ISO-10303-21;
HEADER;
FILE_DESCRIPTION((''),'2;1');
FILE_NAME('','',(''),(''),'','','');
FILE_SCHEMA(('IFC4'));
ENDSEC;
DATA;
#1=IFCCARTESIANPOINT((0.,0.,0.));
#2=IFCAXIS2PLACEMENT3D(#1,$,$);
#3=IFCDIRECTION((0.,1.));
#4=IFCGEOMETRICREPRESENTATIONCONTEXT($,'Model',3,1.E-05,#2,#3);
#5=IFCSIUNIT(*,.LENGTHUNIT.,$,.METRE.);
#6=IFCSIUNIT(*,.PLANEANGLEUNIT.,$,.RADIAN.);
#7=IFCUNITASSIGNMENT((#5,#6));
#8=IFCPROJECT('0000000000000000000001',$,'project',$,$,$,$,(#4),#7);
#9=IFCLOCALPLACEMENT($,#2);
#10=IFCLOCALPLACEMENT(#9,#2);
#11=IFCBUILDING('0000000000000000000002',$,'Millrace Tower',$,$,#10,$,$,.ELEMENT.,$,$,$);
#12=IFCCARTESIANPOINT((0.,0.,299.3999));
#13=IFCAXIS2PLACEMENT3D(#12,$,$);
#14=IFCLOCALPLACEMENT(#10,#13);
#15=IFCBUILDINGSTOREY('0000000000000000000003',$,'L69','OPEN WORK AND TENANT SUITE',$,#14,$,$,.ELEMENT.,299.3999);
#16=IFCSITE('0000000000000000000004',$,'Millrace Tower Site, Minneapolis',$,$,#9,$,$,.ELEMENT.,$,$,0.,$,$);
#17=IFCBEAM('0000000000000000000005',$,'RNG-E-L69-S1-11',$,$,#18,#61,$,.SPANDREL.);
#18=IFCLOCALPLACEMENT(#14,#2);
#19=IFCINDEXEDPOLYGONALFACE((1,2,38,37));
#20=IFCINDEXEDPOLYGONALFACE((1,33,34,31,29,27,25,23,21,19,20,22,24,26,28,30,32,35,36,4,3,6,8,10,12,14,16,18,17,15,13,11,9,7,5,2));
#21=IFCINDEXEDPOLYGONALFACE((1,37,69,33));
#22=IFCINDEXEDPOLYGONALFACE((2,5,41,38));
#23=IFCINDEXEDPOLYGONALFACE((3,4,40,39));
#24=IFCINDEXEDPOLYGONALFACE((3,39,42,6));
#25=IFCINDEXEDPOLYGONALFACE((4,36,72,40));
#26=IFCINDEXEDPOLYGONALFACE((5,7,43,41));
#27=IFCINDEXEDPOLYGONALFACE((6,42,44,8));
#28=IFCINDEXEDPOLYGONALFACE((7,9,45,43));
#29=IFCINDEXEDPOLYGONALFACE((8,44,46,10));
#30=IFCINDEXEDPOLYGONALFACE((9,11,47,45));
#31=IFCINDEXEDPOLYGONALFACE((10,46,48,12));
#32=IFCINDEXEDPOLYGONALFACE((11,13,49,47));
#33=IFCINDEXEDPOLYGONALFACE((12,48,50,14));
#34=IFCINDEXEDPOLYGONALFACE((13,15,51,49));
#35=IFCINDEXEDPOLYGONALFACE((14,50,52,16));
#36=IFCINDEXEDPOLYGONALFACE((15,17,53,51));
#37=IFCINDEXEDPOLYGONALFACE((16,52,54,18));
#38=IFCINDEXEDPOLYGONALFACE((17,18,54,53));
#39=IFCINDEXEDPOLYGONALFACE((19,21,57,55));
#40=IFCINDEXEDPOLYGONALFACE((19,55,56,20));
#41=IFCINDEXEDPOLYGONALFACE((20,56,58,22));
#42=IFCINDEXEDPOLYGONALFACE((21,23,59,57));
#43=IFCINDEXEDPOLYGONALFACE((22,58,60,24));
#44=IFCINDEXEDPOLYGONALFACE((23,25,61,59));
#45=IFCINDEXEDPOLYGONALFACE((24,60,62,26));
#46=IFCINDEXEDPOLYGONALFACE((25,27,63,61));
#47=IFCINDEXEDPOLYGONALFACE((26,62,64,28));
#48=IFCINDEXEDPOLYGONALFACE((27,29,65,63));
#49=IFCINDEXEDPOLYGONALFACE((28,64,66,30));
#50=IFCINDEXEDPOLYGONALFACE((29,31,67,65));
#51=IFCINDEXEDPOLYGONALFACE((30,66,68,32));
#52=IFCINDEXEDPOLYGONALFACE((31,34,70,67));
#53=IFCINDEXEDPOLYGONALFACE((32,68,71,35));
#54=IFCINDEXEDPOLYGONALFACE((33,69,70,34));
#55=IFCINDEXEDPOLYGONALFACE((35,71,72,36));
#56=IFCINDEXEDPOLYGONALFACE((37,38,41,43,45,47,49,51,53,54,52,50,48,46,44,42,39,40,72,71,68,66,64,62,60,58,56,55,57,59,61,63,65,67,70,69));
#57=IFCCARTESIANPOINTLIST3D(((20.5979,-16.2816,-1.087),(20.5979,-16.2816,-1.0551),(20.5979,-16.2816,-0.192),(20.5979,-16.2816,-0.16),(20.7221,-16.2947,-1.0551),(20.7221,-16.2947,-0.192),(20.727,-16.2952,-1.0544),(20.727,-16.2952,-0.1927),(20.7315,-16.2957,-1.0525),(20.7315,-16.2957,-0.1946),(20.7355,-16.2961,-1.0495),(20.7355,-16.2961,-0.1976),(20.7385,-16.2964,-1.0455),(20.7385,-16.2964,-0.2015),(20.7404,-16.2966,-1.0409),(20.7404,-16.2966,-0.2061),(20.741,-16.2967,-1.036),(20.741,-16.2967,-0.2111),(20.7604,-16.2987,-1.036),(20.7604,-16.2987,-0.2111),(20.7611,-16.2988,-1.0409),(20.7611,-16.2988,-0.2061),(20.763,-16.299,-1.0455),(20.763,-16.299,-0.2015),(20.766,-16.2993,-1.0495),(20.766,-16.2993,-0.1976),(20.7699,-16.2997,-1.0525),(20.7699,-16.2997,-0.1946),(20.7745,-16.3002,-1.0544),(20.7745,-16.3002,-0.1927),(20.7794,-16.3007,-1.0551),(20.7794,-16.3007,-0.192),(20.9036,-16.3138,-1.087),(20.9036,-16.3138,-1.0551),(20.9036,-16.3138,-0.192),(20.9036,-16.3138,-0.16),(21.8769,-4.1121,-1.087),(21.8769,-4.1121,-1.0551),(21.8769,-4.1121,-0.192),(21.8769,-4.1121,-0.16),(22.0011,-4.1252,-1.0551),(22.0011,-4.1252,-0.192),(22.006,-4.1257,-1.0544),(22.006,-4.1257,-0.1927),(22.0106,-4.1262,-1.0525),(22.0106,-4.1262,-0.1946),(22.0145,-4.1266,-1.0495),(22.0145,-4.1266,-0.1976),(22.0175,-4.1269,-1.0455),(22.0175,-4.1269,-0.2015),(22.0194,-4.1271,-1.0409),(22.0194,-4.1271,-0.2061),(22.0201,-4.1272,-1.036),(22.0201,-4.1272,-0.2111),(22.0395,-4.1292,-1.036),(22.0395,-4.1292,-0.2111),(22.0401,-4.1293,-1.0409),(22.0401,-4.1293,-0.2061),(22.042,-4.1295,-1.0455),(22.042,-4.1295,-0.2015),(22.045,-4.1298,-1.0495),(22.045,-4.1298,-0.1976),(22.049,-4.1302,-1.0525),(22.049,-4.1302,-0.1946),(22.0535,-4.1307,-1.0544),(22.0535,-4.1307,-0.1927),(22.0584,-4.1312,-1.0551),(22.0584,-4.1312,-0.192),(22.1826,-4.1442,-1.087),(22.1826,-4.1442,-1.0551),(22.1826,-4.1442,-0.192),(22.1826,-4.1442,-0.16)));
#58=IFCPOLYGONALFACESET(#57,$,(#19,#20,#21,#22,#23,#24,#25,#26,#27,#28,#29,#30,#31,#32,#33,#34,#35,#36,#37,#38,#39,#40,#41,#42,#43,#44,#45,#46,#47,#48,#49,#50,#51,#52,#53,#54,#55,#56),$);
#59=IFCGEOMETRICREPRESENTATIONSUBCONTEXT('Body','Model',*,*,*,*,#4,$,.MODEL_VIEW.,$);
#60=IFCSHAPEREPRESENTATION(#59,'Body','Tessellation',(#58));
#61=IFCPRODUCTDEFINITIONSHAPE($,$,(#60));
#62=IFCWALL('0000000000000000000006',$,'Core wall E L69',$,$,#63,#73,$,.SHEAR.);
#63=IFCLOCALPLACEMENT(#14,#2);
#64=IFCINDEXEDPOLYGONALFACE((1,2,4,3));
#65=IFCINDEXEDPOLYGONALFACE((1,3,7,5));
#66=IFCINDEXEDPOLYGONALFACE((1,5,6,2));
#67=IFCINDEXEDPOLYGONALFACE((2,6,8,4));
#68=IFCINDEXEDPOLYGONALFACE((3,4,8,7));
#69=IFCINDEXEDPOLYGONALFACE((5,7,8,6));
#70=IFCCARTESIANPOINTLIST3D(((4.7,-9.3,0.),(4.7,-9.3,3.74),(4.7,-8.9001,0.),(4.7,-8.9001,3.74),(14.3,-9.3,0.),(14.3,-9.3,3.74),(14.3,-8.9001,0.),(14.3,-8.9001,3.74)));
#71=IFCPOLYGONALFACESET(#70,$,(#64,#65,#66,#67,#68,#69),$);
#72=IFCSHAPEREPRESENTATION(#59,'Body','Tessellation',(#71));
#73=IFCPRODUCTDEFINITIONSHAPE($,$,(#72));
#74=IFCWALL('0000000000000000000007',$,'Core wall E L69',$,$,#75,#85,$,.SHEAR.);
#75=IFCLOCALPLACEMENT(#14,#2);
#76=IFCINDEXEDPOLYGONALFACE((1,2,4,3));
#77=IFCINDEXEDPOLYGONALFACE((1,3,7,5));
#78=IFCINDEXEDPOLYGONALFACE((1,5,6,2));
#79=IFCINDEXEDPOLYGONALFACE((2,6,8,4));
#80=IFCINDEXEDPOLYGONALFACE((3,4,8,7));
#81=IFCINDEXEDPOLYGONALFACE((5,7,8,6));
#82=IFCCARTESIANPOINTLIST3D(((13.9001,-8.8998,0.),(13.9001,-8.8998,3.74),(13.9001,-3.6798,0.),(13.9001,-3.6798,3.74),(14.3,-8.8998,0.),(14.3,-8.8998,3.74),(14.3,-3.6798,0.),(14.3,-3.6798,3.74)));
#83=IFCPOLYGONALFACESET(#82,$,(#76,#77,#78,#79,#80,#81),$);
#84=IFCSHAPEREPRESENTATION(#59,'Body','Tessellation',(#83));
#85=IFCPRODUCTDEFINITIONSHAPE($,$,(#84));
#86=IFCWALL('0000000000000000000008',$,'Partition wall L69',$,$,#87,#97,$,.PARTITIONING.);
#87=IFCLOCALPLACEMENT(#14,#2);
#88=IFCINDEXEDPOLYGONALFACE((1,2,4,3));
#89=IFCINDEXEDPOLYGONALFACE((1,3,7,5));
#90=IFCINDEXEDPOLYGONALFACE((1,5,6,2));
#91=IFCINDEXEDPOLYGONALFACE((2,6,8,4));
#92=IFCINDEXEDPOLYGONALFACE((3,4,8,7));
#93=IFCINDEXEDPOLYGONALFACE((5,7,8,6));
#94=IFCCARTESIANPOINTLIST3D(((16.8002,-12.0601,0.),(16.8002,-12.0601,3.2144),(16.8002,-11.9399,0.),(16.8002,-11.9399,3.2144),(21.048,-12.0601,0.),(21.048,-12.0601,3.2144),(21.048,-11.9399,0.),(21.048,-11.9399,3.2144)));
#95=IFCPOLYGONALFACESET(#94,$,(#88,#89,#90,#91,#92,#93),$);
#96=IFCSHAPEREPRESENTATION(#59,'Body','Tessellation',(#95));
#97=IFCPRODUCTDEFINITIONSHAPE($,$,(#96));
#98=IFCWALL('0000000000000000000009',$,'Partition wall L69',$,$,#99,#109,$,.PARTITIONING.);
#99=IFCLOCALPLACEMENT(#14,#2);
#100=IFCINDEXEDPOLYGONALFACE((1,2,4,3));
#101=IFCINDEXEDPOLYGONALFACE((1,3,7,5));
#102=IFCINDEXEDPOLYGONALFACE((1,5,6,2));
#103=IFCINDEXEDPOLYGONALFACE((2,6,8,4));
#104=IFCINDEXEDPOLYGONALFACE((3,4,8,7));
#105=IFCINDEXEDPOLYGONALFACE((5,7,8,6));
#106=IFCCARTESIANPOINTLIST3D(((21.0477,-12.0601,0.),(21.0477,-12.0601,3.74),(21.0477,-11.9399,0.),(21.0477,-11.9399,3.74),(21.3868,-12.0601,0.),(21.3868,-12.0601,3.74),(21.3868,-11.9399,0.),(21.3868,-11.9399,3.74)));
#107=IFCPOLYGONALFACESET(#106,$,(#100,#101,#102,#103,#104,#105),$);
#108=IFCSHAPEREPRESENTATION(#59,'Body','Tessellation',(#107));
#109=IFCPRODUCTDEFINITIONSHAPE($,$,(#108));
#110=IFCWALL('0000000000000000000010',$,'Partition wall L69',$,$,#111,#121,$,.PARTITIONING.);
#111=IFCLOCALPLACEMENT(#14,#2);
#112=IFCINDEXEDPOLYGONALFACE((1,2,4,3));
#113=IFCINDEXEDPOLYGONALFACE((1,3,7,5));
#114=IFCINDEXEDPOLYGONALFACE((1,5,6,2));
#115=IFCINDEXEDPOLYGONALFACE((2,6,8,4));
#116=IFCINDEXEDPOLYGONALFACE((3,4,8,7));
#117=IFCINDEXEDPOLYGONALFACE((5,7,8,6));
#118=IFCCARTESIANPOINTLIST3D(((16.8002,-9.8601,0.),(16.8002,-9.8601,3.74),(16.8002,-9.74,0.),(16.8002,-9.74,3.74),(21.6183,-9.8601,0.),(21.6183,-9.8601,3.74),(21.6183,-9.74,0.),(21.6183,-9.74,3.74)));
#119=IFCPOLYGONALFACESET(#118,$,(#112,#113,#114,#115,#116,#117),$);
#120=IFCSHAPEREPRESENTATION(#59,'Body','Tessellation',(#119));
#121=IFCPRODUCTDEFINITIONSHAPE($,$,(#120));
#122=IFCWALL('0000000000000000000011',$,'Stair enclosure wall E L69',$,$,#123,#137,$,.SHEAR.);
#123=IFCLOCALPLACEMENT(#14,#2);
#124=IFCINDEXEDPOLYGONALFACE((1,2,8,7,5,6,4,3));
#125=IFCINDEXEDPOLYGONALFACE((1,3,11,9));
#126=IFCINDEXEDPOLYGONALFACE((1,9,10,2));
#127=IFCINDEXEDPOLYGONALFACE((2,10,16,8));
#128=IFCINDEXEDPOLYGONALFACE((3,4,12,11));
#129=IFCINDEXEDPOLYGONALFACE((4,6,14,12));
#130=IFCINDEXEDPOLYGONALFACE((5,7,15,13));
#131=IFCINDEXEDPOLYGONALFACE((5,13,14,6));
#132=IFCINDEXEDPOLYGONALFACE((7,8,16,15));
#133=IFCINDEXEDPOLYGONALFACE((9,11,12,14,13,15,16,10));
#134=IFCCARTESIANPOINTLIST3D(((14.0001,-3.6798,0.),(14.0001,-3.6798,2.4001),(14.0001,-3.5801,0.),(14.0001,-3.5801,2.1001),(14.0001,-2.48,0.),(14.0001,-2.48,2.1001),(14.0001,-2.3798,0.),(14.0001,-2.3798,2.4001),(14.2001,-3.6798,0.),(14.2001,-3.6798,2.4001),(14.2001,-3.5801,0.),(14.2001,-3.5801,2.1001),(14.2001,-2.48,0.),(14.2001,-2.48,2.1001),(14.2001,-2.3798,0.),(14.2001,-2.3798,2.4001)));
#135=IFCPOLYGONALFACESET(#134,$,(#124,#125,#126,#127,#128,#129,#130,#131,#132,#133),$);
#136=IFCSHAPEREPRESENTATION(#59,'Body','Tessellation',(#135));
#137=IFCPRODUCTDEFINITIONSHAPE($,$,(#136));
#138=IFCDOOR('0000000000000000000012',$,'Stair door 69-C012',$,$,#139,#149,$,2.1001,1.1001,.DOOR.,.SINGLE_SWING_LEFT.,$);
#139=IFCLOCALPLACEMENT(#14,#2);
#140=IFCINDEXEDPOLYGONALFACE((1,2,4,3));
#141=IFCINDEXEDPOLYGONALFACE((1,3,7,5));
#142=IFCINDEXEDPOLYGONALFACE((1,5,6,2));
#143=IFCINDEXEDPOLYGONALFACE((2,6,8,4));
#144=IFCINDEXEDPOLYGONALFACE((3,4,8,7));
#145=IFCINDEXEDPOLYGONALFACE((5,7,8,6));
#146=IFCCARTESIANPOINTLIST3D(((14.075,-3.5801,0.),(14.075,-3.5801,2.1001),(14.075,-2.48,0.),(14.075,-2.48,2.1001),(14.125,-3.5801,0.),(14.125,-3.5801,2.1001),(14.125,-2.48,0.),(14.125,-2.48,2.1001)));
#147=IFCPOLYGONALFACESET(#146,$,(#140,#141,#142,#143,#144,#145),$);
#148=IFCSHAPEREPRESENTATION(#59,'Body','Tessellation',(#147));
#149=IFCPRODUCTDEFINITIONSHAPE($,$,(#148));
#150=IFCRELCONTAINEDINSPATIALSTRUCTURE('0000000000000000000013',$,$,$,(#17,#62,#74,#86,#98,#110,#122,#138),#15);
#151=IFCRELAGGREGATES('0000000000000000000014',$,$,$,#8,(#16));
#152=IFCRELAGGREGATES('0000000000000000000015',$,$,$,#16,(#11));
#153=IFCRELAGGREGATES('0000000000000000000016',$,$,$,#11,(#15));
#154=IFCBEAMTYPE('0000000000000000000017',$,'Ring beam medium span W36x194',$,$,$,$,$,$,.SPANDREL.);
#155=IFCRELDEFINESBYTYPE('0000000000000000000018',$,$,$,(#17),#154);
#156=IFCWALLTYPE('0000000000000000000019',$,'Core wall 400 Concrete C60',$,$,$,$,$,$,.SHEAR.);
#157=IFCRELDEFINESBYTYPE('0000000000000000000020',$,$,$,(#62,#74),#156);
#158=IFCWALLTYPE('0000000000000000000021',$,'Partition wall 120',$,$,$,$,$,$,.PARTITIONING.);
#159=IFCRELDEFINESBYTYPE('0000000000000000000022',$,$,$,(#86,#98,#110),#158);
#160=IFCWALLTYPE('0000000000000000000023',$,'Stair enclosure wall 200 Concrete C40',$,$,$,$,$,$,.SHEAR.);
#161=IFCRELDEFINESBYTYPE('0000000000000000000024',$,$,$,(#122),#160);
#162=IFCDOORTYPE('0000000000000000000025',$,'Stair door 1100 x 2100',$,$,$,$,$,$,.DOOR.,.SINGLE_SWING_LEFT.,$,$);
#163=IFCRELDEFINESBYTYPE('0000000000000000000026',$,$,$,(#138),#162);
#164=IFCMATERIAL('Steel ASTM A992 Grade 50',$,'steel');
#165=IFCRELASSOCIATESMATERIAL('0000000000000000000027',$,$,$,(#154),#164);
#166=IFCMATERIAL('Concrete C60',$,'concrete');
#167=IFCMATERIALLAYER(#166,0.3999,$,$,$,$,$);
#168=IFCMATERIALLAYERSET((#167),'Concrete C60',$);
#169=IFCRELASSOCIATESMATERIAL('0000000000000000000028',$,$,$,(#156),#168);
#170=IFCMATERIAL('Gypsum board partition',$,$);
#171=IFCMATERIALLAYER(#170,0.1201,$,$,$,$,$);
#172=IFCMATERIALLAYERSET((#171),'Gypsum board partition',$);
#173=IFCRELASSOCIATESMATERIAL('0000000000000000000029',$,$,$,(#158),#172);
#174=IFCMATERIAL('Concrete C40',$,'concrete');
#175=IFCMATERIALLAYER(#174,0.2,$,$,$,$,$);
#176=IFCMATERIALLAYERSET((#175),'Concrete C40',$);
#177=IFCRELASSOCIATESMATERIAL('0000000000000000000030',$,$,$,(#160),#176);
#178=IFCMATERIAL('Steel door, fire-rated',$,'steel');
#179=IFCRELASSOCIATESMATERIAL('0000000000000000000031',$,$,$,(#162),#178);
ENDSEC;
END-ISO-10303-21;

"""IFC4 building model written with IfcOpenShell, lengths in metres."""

from ifc_helpers import new_model, si_unit, direction, frame, frame_2d, origin, origin_2d, place, context, subcontext, project, spatial, rectangle, i_section, extrude, material, layer, layer_set, material_profile, profile_set, type_object, element, fill, save


model = new_model("IFC4")

# Units and contexts
model_context = context("Model", 3, precision=1e-05, world=origin(), true_north=direction((0.0, 1.0)))
body_context = subcontext(model_context, "Body", "Model", "MODEL_VIEW")
ifc_project = project(units=[si_unit("LENGTHUNIT", "METRE"), si_unit("PLANEANGLEUNIT", "RADIAN")], contexts=[model_context])

# Site, building, storey
site_placement = place(None, origin())
site = spatial("IfcSite", under=ifc_project, at=site_placement, Name="Millrace Tower Site, Minneapolis", CompositionType="ELEMENT", RefElevation=0.0)
building_placement = place(site_placement, origin())
building = spatial("IfcBuilding", under=site, at=building_placement, Name="Millrace Tower", CompositionType="ELEMENT")
storey_placement = place(building_placement, frame((0.0, 0.0, 299.3999)))
storey = spatial("IfcBuildingStorey", under=building, at=storey_placement, Name="L69", Description="OPEN WORK AND TENANT SUITE", CompositionType="ELEMENT", Elevation=299.3999)

# Beam
ifc_material_1 = material(Name="Steel ASTM A992 Grade 50", Category="steel")
ifc_material_profile_1 = material_profile(ifc_material_1, i_section(OverallWidth=0.3074, OverallDepth=0.927, WebThickness=0.0195, FlangeThickness=0.032, FilletRadius=0.019, at=origin_2d()))
ifc_profile_set_1 = profile_set([ifc_material_profile_1], Name="Steel ASTM A992 Grade 50")
beam_type_1 = type_object("IfcBeamType", Name="Ring beam medium span W36x194", PredefinedType="SPANDREL", material=ifc_profile_set_1)
beam_1_placement = place(storey_placement, frame((22.0298, -4.1282, -0.6235), z_axis=(-0.104528, -0.994522, 0.0), x_axis=(0.994522, -0.104528, 0.0)))
element("IfcBeam", 1, at=beam_1_placement, inside=storey, type_object=beam_type_1, Name="RNG-E-L69-S1-11", PredefinedType="SPANDREL", context=body_context, shape_type="SweptSolid", body=[
    extrude(i_section(OverallWidth=0.3074, OverallDepth=0.927, WebThickness=0.0195, FlangeThickness=0.032, FilletRadius=0.019, at=origin_2d()), origin(), (0.0, 0.0, 1.0), 12.2366),
])

# Walls
ifc_material_2 = material(Name="Concrete C60", Category="concrete")
ifc_layer_1 = layer(ifc_material_2, 0.3999)
ifc_layer_set_1 = layer_set([ifc_layer_1], Name="Concrete C60")
wall_type_1 = type_object("IfcWallType", Name="Core wall 400 Concrete C60", PredefinedType="SHEAR", material=ifc_layer_set_1)
wall_1_placement = place(storey_placement, frame((14.3, -9.1001, 0.0), z_axis=(0.0, 0.0, 1.0), x_axis=(-1.0, 0.0, 0.0)))
element("IfcWall", 2, at=wall_1_placement, inside=storey, type_object=wall_type_1, Name="Core wall E L69", PredefinedType="SHEAR", context=body_context, shape_type="SweptSolid", body=[
    extrude(rectangle(XDim=9.6001, YDim=0.3999, at=frame_2d((4.8, 0.0))), origin(), (0.0, 0.0, 1.0), 3.74),
])
wall_2_placement = place(storey_placement, frame((14.1001, -3.6799, 0.0), z_axis=(0.0, 0.0, 1.0), x_axis=(0.0, -1.0, 0.0)))
element("IfcWall", 3, at=wall_2_placement, inside=storey, type_object=wall_type_1, Name="Core wall E L69", PredefinedType="SHEAR", context=body_context, shape_type="SweptSolid", body=[
    extrude(rectangle(XDim=5.22, YDim=0.3999, at=frame_2d((2.6099, 0.0))), origin(), (0.0, 0.0, 1.0), 3.74),
])
ifc_material_3 = material(Name="Gypsum board partition")
ifc_layer_2 = layer(ifc_material_3, 0.1201)
ifc_layer_set_2 = layer_set([ifc_layer_2], Name="Gypsum board partition")
wall_type_2 = type_object("IfcWallType", Name="Partition wall 120", PredefinedType="PARTITIONING", material=ifc_layer_set_2)
wall_3_placement = place(storey_placement, frame((16.8, -12.0, 0.0), z_axis=(0.0, 0.0, 1.0), x_axis=(1.0, 0.0, 0.0)))
element("IfcWall", 4, at=wall_3_placement, inside=storey, type_object=wall_type_2, Name="Partition wall L69", PredefinedType="PARTITIONING", context=body_context, shape_type="SweptSolid", body=[
    extrude(rectangle(XDim=4.2478, YDim=0.1201, at=frame_2d((2.124, 0.0))), origin(), (0.0, 0.0, 1.0), 3.2144),
])
wall_4_placement = place(storey_placement, frame((21.0479, -12.0, 0.0), z_axis=(0.0, 0.0, 1.0), x_axis=(1.0, 0.0, 0.0)))
element("IfcWall", 5, at=wall_4_placement, inside=storey, type_object=wall_type_2, Name="Partition wall L69", PredefinedType="PARTITIONING", context=body_context, shape_type="SweptSolid", body=[
    extrude(rectangle(XDim=0.3391, YDim=0.1201, at=frame_2d((0.1694, 0.0))), origin(), (0.0, 0.0, 1.0), 3.74),
])
wall_5_placement = place(storey_placement, frame((16.8, -9.8, 0.0), z_axis=(0.0, 0.0, 1.0), x_axis=(1.0, 0.0, 0.0)))
element("IfcWall", 6, at=wall_5_placement, inside=storey, type_object=wall_type_2, Name="Partition wall L69", PredefinedType="PARTITIONING", context=body_context, shape_type="SweptSolid", body=[
    extrude(rectangle(XDim=4.8181, YDim=0.1201, at=frame_2d((2.4092, 0.0))), origin(), (0.0, 0.0, 1.0), 3.74),
])

# Wall, opening, door
ifc_material_4 = material(Name="Concrete C40", Category="concrete")
ifc_layer_3 = layer(ifc_material_4, 0.2)
ifc_layer_set_3 = layer_set([ifc_layer_3], Name="Concrete C40")
wall_type_3 = type_object("IfcWallType", Name="Stair enclosure wall 200 Concrete C40", PredefinedType="SHEAR", material=ifc_layer_set_3)
wall_6_placement = place(storey_placement, frame((14.1001, -2.3799, 0.0), z_axis=(0.0, 0.0, 1.0), x_axis=(0.0, -1.0, 0.0)))
wall_6 = element("IfcWall", 7, at=wall_6_placement, inside=storey, type_object=wall_type_3, Name="Stair enclosure wall E L69", PredefinedType="SHEAR", context=body_context, shape_type="SweptSolid", body=[
    extrude(rectangle(XDim=1.3, YDim=0.2, at=frame_2d((0.6499, 0.0))), origin(), (0.0, 0.0, 1.0), 2.4001),
])
opening_1_placement = place(wall_6_placement, frame((0.1001, 0.0, 0.0)))
opening_1 = element("IfcOpeningElement", 8, at=opening_1_placement, cuts=wall_6, PredefinedType="OPENING", context=body_context, shape_type="SweptSolid", body=[
    extrude(rectangle(XDim=1.1001, YDim=2.1001, at=frame_2d((0.55, 1.05))), frame((0.0, 0.1099, 0.0), z_axis=(0.0, -1.0, 0.0), x_axis=(1.0, 0.0, 0.0)), (0.0, 0.0, 1.0), 0.22),
])
ifc_material_5 = material(Name="Steel door, fire-rated", Category="steel")
door_type_1 = type_object("IfcDoorType", Name="Stair door 1100 x 2100", OperationType="SINGLE_SWING_LEFT", PredefinedType="DOOR", material=ifc_material_5)
door_1_placement = place(opening_1_placement, origin())
door_1 = element("IfcDoor", 9, at=door_1_placement, inside=storey, type_object=door_type_1, Name="Stair door 69-C012", OperationType="SINGLE_SWING_LEFT", OverallHeight=2.1001, OverallWidth=1.1001, PredefinedType="DOOR", context=body_context, shape_type="SweptSolid", body=[
    extrude(rectangle(XDim=1.1001, YDim=2.1001, at=frame_2d((0.55, 1.05))), frame((0.0, 0.0249, 0.0), z_axis=(0.0, -1.0, 0.0), x_axis=(1.0, 0.0, 0.0)), (0.0, 0.0, 1.0), 0.05),
])
fill(opening_1, door_1)

save(model, "model.ifc")
